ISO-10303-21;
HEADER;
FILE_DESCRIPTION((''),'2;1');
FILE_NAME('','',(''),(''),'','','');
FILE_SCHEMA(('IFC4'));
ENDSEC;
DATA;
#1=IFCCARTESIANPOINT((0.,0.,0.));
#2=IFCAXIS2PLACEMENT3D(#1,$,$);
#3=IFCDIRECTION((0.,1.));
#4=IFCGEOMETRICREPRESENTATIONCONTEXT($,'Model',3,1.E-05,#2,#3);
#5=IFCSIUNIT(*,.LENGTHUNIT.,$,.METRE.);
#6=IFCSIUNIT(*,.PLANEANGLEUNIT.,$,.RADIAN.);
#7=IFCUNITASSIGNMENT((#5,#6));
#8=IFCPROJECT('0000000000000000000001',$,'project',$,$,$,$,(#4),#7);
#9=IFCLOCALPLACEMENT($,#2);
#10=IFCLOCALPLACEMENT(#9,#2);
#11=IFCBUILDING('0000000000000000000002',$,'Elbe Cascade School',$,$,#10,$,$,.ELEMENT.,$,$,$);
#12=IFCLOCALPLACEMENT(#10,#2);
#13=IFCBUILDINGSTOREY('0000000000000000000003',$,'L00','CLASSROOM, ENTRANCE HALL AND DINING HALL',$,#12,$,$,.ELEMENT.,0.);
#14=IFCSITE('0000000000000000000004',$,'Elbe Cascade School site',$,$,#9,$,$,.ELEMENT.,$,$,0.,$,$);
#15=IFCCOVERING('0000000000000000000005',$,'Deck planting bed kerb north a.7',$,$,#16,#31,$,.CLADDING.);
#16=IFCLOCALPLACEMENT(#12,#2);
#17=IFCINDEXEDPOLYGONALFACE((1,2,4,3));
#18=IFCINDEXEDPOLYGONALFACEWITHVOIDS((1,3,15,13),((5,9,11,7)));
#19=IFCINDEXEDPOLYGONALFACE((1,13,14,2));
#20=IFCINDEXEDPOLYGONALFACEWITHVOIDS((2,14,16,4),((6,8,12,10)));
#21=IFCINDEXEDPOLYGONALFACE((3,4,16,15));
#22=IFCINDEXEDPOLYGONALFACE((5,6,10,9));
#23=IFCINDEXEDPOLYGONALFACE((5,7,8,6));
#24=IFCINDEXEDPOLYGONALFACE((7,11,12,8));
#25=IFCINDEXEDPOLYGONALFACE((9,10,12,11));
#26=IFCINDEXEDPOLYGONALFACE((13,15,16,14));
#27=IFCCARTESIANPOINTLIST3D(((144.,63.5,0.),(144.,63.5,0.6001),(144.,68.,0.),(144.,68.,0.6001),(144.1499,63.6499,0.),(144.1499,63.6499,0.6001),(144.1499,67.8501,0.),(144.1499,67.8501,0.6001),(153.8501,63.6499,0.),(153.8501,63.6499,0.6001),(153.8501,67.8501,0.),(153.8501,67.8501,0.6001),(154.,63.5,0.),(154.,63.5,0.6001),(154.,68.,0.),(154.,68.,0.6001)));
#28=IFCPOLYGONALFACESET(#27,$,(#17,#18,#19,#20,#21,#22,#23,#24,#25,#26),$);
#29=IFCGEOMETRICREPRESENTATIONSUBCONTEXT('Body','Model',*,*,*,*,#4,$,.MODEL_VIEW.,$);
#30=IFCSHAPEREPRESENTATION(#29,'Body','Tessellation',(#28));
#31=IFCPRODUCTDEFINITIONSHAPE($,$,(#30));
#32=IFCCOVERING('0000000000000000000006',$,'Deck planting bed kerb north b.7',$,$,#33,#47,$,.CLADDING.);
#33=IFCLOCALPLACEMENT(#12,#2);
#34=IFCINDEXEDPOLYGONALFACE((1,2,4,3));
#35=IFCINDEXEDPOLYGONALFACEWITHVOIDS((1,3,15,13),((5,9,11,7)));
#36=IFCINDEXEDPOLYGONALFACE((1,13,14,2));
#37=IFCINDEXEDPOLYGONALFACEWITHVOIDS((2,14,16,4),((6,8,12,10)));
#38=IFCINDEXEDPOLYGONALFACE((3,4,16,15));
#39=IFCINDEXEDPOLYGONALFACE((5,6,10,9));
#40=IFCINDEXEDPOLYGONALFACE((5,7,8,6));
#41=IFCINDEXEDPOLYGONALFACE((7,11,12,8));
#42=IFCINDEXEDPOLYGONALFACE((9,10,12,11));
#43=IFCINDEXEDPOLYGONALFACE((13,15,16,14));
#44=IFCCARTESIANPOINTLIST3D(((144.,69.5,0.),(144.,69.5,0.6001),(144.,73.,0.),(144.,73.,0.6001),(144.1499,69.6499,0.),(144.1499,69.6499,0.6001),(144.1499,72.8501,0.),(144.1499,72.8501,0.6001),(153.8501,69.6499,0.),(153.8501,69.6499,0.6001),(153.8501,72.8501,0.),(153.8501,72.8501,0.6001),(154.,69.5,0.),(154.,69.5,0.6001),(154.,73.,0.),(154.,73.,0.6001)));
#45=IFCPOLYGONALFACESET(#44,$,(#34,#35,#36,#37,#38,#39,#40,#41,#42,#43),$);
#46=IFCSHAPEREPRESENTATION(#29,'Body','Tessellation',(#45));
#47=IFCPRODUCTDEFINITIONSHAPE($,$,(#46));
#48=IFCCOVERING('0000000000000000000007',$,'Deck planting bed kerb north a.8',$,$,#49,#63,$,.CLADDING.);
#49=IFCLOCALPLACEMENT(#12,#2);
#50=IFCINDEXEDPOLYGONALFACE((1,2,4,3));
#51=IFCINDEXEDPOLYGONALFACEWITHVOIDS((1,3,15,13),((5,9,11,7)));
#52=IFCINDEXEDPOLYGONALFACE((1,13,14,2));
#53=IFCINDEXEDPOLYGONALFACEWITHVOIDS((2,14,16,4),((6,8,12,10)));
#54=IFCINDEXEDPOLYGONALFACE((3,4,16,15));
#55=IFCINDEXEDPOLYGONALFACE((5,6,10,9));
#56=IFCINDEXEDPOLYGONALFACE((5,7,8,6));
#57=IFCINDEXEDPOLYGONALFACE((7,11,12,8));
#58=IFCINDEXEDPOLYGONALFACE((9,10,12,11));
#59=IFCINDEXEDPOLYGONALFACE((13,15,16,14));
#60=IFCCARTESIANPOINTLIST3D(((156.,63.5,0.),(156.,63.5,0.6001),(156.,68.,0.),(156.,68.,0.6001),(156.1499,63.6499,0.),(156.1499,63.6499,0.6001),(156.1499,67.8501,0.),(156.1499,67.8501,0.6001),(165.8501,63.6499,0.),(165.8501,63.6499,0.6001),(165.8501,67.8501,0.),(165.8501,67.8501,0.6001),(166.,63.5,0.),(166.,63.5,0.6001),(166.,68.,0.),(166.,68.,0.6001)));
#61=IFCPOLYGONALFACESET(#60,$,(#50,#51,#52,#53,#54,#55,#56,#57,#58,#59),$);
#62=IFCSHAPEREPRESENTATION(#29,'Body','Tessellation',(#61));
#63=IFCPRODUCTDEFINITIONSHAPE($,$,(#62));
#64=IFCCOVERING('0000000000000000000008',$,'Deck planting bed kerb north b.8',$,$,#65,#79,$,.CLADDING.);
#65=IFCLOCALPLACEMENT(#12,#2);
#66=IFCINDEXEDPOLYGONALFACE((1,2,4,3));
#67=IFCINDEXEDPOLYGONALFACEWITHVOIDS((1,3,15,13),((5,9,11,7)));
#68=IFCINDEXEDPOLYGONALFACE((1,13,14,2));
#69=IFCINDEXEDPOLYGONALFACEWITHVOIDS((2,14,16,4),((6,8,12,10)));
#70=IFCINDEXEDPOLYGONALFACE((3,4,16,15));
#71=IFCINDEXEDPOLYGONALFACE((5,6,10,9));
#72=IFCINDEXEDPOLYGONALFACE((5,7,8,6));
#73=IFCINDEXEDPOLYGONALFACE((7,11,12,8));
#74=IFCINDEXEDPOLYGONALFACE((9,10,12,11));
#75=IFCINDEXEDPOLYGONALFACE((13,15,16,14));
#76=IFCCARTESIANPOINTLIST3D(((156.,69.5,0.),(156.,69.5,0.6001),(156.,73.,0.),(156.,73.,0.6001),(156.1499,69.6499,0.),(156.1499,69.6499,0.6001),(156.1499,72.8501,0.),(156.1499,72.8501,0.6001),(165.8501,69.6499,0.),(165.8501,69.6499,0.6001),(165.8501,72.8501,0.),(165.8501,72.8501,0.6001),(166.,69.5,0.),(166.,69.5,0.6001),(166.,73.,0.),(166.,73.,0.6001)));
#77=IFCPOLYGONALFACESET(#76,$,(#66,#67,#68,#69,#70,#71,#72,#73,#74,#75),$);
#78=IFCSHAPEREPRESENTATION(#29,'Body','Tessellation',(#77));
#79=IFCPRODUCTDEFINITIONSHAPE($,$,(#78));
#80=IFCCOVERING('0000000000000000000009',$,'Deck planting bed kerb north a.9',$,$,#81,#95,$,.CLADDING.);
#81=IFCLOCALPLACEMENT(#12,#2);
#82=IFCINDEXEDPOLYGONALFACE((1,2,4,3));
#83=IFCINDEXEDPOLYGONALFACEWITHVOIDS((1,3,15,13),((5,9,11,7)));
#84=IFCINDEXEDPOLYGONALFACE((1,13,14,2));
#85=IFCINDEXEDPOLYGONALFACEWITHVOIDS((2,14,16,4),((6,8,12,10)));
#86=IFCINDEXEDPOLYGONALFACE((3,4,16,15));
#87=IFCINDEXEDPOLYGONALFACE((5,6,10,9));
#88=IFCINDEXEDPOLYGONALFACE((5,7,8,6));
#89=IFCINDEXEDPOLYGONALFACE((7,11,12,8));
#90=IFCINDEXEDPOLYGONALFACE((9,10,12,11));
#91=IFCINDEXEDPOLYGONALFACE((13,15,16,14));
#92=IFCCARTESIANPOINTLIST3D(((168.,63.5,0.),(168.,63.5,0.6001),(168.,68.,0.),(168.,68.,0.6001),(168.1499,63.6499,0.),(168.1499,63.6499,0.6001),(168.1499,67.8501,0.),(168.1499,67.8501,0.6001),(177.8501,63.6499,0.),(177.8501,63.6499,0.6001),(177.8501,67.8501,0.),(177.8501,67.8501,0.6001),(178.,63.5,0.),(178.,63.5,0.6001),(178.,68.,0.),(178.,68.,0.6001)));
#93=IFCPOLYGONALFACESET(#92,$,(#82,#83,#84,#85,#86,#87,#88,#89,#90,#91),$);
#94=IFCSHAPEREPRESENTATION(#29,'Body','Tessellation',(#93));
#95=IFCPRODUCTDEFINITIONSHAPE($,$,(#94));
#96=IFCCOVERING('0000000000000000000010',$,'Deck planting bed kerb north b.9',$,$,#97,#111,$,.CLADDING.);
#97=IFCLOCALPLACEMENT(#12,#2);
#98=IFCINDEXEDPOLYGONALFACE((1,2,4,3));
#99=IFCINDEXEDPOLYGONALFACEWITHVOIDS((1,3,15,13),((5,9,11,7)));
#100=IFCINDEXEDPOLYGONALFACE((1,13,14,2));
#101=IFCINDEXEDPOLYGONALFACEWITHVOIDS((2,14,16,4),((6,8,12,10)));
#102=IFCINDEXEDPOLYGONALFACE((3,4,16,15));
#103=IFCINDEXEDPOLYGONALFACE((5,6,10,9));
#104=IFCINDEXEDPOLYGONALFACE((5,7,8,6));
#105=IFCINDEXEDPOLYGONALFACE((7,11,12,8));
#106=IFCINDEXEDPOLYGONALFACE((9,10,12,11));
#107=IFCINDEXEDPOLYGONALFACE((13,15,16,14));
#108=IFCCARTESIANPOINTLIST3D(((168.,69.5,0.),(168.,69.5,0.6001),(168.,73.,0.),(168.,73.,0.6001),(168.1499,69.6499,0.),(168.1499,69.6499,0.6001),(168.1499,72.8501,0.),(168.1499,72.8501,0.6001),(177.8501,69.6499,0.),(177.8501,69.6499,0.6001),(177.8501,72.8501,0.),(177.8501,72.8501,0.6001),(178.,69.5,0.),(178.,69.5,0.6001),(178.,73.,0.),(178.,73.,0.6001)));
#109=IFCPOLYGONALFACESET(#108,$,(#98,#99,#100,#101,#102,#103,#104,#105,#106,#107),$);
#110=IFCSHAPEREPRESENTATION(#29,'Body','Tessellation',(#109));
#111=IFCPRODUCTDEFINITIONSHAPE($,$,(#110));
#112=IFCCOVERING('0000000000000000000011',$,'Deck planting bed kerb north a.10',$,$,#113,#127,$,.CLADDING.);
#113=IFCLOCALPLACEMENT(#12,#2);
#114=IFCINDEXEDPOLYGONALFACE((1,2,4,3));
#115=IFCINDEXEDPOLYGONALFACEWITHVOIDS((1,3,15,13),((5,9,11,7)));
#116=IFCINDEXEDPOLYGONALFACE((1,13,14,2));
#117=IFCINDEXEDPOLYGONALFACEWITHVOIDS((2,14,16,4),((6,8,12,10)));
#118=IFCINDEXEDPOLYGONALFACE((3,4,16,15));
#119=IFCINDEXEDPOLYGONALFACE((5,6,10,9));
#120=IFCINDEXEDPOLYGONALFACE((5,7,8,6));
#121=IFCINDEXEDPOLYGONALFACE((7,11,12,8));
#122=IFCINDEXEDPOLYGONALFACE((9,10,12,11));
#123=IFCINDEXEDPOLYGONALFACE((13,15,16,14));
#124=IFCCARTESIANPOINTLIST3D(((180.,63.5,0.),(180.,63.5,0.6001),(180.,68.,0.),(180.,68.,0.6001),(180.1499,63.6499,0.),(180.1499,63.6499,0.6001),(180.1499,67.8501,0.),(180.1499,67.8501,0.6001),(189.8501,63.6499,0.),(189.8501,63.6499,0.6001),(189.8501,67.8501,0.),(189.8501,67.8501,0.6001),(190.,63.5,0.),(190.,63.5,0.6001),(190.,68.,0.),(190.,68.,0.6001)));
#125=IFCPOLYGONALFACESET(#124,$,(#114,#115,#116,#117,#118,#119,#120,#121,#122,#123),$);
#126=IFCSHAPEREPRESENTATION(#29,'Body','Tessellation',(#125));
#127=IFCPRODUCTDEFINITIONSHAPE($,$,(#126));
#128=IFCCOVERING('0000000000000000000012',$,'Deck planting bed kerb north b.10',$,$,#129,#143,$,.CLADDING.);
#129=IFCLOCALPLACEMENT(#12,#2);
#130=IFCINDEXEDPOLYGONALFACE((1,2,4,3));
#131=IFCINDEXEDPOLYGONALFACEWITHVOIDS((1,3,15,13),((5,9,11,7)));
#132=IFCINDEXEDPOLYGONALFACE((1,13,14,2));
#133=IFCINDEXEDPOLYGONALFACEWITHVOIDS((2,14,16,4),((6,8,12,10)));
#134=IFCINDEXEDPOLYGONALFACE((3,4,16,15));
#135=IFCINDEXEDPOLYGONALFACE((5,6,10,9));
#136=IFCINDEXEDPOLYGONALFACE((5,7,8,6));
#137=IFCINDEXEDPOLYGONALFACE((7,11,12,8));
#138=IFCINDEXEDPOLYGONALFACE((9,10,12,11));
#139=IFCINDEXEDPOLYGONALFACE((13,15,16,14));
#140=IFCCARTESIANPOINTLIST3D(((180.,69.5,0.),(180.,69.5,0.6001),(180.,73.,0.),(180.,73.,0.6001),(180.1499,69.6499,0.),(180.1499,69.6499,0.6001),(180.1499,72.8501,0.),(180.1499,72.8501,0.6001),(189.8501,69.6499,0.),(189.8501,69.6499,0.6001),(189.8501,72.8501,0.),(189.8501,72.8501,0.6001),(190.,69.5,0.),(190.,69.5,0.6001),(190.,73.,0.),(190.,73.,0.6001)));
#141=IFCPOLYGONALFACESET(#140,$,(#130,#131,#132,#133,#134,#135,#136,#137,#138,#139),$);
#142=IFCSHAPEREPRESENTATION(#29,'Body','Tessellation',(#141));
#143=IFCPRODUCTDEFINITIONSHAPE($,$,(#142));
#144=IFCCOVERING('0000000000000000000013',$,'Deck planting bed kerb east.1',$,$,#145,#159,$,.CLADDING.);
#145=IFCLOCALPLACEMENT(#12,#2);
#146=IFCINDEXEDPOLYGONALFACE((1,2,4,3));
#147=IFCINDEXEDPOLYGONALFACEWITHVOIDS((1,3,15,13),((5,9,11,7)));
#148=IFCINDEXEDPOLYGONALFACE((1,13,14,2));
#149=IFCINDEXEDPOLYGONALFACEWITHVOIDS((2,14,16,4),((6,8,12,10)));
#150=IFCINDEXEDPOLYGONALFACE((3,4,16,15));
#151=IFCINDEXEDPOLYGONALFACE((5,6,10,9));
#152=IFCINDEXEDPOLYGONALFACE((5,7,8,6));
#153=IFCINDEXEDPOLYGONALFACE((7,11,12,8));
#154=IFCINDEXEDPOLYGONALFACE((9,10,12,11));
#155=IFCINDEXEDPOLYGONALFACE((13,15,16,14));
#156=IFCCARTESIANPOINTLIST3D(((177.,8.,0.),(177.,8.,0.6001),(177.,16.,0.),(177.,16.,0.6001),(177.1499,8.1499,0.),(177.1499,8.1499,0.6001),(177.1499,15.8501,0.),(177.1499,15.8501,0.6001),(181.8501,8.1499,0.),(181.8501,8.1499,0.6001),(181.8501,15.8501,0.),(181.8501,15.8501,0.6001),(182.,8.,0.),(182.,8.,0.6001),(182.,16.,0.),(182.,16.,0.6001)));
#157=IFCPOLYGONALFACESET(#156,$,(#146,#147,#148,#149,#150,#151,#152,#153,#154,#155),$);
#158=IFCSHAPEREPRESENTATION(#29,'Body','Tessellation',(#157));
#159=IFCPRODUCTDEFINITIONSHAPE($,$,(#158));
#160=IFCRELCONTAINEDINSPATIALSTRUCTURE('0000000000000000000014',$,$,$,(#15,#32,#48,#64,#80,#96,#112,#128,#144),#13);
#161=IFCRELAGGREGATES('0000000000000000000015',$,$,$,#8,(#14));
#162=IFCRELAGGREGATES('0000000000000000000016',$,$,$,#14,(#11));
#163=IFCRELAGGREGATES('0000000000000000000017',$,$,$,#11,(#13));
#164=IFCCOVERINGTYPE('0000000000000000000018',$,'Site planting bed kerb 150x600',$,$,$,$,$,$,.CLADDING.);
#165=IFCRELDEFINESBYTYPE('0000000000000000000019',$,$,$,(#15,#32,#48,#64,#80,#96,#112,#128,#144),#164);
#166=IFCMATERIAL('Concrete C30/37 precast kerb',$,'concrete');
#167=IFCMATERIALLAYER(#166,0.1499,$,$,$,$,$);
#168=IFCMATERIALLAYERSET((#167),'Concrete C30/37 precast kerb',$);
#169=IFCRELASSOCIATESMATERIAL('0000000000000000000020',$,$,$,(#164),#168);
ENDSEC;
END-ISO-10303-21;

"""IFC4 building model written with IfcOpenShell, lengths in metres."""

from ifc_helpers import new_model, si_unit, direction, origin, place, context, subcontext, project, spatial, polyline, outline, extrude, material, layer, layer_set, type_object, element, save


model = new_model("IFC4")

# Units and contexts
model_context = context("Model", 3, precision=1e-05, world=origin(), true_north=direction((0.0, 1.0)))
body_context = subcontext(model_context, "Body", "Model", "MODEL_VIEW")
ifc_project = project(units=[si_unit("LENGTHUNIT", "METRE"), si_unit("PLANEANGLEUNIT", "RADIAN")], contexts=[model_context])

# Site, building, storey
site_placement = place(None, origin())
site = spatial("IfcSite", under=ifc_project, at=site_placement, Name="Elbe Cascade School site", CompositionType="ELEMENT", RefElevation=0.0)
building_placement = place(site_placement, origin())
building = spatial("IfcBuilding", under=site, at=building_placement, Name="Elbe Cascade School", CompositionType="ELEMENT")
storey_placement = place(building_placement, origin())
storey = spatial("IfcBuildingStorey", under=building, at=storey_placement, Name="L00", Description="CLASSROOM, ENTRANCE HALL AND DINING HALL", CompositionType="ELEMENT", Elevation=0.0)

# Coverings
ifc_material_1 = material(Name="Concrete C30/37 precast kerb", Category="concrete")
ifc_layer_1 = layer(ifc_material_1, 0.1499)
ifc_layer_set_1 = layer_set([ifc_layer_1], Name="Concrete C30/37 precast kerb")
covering_type_1 = type_object("IfcCoveringType", Name="Site planting bed kerb 150x600", PredefinedType="CLADDING", material=ifc_layer_set_1)
covering_1_placement = place(storey_placement, origin())
element("IfcCovering", 1, at=covering_1_placement, inside=storey, type_object=covering_type_1, Name="Deck planting bed kerb north a.7", PredefinedType="CLADDING", context=body_context, shape_type="SweptSolid", body=[
    extrude(outline(polyline([(144.0, 63.5), (154.0, 63.5), (154.0, 68.0), (144.0, 68.0), (144.0, 63.5)]), holes=[polyline([(144.1499, 63.6499), (153.8501, 63.6499), (153.8501, 67.8501), (144.1499, 67.8501), (144.1499, 63.6499)])]), origin(), (0.0, 0.0, 1.0), 0.6001),
])
covering_2_placement = place(storey_placement, origin())
element("IfcCovering", 2, at=covering_2_placement, inside=storey, type_object=covering_type_1, Name="Deck planting bed kerb north b.7", PredefinedType="CLADDING", context=body_context, shape_type="SweptSolid", body=[
    extrude(outline(polyline([(144.0, 69.5), (154.0, 69.5), (154.0, 73.0), (144.0, 73.0), (144.0, 69.5)]), holes=[polyline([(144.1499, 69.6499), (153.8501, 69.6499), (153.8501, 72.8501), (144.1499, 72.8501), (144.1499, 69.6499)])]), origin(), (0.0, 0.0, 1.0), 0.6001),
])
covering_3_placement = place(storey_placement, origin())
element("IfcCovering", 3, at=covering_3_placement, inside=storey, type_object=covering_type_1, Name="Deck planting bed kerb north a.8", PredefinedType="CLADDING", context=body_context, shape_type="SweptSolid", body=[
    extrude(outline(polyline([(156.0, 63.5), (166.0, 63.5), (166.0, 68.0), (156.0, 68.0), (156.0, 63.5)]), holes=[polyline([(156.1499, 63.6499), (165.8501, 63.6499), (165.8501, 67.8501), (156.1499, 67.8501), (156.1499, 63.6499)])]), origin(), (0.0, 0.0, 1.0), 0.6001),
])
covering_4_placement = place(storey_placement, origin())
element("IfcCovering", 4, at=covering_4_placement, inside=storey, type_object=covering_type_1, Name="Deck planting bed kerb north b.8", PredefinedType="CLADDING", context=body_context, shape_type="SweptSolid", body=[
    extrude(outline(polyline([(156.0, 69.5), (166.0, 69.5), (166.0, 73.0), (156.0, 73.0), (156.0, 69.5)]), holes=[polyline([(156.1499, 69.6499), (165.8501, 69.6499), (165.8501, 72.8501), (156.1499, 72.8501), (156.1499, 69.6499)])]), origin(), (0.0, 0.0, 1.0), 0.6001),
])
covering_5_placement = place(storey_placement, origin())
element("IfcCovering", 5, at=covering_5_placement, inside=storey, type_object=covering_type_1, Name="Deck planting bed kerb north a.9", PredefinedType="CLADDING", context=body_context, shape_type="SweptSolid", body=[
    extrude(outline(polyline([(168.0, 63.5), (178.0, 63.5), (178.0, 68.0), (168.0, 68.0), (168.0, 63.5)]), holes=[polyline([(168.1499, 63.6499), (177.8501, 63.6499), (177.8501, 67.8501), (168.1499, 67.8501), (168.1499, 63.6499)])]), origin(), (0.0, 0.0, 1.0), 0.6001),
])
covering_6_placement = place(storey_placement, origin())
element("IfcCovering", 6, at=covering_6_placement, inside=storey, type_object=covering_type_1, Name="Deck planting bed kerb north b.9", PredefinedType="CLADDING", context=body_context, shape_type="SweptSolid", body=[
    extrude(outline(polyline([(168.0, 69.5), (178.0, 69.5), (178.0, 73.0), (168.0, 73.0), (168.0, 69.5)]), holes=[polyline([(168.1499, 69.6499), (177.8501, 69.6499), (177.8501, 72.8501), (168.1499, 72.8501), (168.1499, 69.6499)])]), origin(), (0.0, 0.0, 1.0), 0.6001),
])
covering_7_placement = place(storey_placement, origin())
element("IfcCovering", 7, at=covering_7_placement, inside=storey, type_object=covering_type_1, Name="Deck planting bed kerb north a.10", PredefinedType="CLADDING", context=body_context, shape_type="SweptSolid", body=[
    extrude(outline(polyline([(180.0, 63.5), (190.0, 63.5), (190.0, 68.0), (180.0, 68.0), (180.0, 63.5)]), holes=[polyline([(180.1499, 63.6499), (189.8501, 63.6499), (189.8501, 67.8501), (180.1499, 67.8501), (180.1499, 63.6499)])]), origin(), (0.0, 0.0, 1.0), 0.6001),
])
covering_8_placement = place(storey_placement, origin())
element("IfcCovering", 8, at=covering_8_placement, inside=storey, type_object=covering_type_1, Name="Deck planting bed kerb north b.10", PredefinedType="CLADDING", context=body_context, shape_type="SweptSolid", body=[
    extrude(outline(polyline([(180.0, 69.5), (190.0, 69.5), (190.0, 73.0), (180.0, 73.0), (180.0, 69.5)]), holes=[polyline([(180.1499, 69.6499), (189.8501, 69.6499), (189.8501, 72.8501), (180.1499, 72.8501), (180.1499, 69.6499)])]), origin(), (0.0, 0.0, 1.0), 0.6001),
])
covering_9_placement = place(storey_placement, origin())
element("IfcCovering", 9, at=covering_9_placement, inside=storey, type_object=covering_type_1, Name="Deck planting bed kerb east.1", PredefinedType="CLADDING", context=body_context, shape_type="SweptSolid", body=[
    extrude(outline(polyline([(177.0, 8.0), (182.0, 8.0), (182.0, 16.0), (177.0, 16.0), (177.0, 8.0)]), holes=[polyline([(177.1499, 8.1499), (181.8501, 8.1499), (181.8501, 15.8501), (177.1499, 15.8501), (177.1499, 8.1499)])]), origin(), (0.0, 0.0, 1.0), 0.6001),
])

save(model, "model.ifc")
